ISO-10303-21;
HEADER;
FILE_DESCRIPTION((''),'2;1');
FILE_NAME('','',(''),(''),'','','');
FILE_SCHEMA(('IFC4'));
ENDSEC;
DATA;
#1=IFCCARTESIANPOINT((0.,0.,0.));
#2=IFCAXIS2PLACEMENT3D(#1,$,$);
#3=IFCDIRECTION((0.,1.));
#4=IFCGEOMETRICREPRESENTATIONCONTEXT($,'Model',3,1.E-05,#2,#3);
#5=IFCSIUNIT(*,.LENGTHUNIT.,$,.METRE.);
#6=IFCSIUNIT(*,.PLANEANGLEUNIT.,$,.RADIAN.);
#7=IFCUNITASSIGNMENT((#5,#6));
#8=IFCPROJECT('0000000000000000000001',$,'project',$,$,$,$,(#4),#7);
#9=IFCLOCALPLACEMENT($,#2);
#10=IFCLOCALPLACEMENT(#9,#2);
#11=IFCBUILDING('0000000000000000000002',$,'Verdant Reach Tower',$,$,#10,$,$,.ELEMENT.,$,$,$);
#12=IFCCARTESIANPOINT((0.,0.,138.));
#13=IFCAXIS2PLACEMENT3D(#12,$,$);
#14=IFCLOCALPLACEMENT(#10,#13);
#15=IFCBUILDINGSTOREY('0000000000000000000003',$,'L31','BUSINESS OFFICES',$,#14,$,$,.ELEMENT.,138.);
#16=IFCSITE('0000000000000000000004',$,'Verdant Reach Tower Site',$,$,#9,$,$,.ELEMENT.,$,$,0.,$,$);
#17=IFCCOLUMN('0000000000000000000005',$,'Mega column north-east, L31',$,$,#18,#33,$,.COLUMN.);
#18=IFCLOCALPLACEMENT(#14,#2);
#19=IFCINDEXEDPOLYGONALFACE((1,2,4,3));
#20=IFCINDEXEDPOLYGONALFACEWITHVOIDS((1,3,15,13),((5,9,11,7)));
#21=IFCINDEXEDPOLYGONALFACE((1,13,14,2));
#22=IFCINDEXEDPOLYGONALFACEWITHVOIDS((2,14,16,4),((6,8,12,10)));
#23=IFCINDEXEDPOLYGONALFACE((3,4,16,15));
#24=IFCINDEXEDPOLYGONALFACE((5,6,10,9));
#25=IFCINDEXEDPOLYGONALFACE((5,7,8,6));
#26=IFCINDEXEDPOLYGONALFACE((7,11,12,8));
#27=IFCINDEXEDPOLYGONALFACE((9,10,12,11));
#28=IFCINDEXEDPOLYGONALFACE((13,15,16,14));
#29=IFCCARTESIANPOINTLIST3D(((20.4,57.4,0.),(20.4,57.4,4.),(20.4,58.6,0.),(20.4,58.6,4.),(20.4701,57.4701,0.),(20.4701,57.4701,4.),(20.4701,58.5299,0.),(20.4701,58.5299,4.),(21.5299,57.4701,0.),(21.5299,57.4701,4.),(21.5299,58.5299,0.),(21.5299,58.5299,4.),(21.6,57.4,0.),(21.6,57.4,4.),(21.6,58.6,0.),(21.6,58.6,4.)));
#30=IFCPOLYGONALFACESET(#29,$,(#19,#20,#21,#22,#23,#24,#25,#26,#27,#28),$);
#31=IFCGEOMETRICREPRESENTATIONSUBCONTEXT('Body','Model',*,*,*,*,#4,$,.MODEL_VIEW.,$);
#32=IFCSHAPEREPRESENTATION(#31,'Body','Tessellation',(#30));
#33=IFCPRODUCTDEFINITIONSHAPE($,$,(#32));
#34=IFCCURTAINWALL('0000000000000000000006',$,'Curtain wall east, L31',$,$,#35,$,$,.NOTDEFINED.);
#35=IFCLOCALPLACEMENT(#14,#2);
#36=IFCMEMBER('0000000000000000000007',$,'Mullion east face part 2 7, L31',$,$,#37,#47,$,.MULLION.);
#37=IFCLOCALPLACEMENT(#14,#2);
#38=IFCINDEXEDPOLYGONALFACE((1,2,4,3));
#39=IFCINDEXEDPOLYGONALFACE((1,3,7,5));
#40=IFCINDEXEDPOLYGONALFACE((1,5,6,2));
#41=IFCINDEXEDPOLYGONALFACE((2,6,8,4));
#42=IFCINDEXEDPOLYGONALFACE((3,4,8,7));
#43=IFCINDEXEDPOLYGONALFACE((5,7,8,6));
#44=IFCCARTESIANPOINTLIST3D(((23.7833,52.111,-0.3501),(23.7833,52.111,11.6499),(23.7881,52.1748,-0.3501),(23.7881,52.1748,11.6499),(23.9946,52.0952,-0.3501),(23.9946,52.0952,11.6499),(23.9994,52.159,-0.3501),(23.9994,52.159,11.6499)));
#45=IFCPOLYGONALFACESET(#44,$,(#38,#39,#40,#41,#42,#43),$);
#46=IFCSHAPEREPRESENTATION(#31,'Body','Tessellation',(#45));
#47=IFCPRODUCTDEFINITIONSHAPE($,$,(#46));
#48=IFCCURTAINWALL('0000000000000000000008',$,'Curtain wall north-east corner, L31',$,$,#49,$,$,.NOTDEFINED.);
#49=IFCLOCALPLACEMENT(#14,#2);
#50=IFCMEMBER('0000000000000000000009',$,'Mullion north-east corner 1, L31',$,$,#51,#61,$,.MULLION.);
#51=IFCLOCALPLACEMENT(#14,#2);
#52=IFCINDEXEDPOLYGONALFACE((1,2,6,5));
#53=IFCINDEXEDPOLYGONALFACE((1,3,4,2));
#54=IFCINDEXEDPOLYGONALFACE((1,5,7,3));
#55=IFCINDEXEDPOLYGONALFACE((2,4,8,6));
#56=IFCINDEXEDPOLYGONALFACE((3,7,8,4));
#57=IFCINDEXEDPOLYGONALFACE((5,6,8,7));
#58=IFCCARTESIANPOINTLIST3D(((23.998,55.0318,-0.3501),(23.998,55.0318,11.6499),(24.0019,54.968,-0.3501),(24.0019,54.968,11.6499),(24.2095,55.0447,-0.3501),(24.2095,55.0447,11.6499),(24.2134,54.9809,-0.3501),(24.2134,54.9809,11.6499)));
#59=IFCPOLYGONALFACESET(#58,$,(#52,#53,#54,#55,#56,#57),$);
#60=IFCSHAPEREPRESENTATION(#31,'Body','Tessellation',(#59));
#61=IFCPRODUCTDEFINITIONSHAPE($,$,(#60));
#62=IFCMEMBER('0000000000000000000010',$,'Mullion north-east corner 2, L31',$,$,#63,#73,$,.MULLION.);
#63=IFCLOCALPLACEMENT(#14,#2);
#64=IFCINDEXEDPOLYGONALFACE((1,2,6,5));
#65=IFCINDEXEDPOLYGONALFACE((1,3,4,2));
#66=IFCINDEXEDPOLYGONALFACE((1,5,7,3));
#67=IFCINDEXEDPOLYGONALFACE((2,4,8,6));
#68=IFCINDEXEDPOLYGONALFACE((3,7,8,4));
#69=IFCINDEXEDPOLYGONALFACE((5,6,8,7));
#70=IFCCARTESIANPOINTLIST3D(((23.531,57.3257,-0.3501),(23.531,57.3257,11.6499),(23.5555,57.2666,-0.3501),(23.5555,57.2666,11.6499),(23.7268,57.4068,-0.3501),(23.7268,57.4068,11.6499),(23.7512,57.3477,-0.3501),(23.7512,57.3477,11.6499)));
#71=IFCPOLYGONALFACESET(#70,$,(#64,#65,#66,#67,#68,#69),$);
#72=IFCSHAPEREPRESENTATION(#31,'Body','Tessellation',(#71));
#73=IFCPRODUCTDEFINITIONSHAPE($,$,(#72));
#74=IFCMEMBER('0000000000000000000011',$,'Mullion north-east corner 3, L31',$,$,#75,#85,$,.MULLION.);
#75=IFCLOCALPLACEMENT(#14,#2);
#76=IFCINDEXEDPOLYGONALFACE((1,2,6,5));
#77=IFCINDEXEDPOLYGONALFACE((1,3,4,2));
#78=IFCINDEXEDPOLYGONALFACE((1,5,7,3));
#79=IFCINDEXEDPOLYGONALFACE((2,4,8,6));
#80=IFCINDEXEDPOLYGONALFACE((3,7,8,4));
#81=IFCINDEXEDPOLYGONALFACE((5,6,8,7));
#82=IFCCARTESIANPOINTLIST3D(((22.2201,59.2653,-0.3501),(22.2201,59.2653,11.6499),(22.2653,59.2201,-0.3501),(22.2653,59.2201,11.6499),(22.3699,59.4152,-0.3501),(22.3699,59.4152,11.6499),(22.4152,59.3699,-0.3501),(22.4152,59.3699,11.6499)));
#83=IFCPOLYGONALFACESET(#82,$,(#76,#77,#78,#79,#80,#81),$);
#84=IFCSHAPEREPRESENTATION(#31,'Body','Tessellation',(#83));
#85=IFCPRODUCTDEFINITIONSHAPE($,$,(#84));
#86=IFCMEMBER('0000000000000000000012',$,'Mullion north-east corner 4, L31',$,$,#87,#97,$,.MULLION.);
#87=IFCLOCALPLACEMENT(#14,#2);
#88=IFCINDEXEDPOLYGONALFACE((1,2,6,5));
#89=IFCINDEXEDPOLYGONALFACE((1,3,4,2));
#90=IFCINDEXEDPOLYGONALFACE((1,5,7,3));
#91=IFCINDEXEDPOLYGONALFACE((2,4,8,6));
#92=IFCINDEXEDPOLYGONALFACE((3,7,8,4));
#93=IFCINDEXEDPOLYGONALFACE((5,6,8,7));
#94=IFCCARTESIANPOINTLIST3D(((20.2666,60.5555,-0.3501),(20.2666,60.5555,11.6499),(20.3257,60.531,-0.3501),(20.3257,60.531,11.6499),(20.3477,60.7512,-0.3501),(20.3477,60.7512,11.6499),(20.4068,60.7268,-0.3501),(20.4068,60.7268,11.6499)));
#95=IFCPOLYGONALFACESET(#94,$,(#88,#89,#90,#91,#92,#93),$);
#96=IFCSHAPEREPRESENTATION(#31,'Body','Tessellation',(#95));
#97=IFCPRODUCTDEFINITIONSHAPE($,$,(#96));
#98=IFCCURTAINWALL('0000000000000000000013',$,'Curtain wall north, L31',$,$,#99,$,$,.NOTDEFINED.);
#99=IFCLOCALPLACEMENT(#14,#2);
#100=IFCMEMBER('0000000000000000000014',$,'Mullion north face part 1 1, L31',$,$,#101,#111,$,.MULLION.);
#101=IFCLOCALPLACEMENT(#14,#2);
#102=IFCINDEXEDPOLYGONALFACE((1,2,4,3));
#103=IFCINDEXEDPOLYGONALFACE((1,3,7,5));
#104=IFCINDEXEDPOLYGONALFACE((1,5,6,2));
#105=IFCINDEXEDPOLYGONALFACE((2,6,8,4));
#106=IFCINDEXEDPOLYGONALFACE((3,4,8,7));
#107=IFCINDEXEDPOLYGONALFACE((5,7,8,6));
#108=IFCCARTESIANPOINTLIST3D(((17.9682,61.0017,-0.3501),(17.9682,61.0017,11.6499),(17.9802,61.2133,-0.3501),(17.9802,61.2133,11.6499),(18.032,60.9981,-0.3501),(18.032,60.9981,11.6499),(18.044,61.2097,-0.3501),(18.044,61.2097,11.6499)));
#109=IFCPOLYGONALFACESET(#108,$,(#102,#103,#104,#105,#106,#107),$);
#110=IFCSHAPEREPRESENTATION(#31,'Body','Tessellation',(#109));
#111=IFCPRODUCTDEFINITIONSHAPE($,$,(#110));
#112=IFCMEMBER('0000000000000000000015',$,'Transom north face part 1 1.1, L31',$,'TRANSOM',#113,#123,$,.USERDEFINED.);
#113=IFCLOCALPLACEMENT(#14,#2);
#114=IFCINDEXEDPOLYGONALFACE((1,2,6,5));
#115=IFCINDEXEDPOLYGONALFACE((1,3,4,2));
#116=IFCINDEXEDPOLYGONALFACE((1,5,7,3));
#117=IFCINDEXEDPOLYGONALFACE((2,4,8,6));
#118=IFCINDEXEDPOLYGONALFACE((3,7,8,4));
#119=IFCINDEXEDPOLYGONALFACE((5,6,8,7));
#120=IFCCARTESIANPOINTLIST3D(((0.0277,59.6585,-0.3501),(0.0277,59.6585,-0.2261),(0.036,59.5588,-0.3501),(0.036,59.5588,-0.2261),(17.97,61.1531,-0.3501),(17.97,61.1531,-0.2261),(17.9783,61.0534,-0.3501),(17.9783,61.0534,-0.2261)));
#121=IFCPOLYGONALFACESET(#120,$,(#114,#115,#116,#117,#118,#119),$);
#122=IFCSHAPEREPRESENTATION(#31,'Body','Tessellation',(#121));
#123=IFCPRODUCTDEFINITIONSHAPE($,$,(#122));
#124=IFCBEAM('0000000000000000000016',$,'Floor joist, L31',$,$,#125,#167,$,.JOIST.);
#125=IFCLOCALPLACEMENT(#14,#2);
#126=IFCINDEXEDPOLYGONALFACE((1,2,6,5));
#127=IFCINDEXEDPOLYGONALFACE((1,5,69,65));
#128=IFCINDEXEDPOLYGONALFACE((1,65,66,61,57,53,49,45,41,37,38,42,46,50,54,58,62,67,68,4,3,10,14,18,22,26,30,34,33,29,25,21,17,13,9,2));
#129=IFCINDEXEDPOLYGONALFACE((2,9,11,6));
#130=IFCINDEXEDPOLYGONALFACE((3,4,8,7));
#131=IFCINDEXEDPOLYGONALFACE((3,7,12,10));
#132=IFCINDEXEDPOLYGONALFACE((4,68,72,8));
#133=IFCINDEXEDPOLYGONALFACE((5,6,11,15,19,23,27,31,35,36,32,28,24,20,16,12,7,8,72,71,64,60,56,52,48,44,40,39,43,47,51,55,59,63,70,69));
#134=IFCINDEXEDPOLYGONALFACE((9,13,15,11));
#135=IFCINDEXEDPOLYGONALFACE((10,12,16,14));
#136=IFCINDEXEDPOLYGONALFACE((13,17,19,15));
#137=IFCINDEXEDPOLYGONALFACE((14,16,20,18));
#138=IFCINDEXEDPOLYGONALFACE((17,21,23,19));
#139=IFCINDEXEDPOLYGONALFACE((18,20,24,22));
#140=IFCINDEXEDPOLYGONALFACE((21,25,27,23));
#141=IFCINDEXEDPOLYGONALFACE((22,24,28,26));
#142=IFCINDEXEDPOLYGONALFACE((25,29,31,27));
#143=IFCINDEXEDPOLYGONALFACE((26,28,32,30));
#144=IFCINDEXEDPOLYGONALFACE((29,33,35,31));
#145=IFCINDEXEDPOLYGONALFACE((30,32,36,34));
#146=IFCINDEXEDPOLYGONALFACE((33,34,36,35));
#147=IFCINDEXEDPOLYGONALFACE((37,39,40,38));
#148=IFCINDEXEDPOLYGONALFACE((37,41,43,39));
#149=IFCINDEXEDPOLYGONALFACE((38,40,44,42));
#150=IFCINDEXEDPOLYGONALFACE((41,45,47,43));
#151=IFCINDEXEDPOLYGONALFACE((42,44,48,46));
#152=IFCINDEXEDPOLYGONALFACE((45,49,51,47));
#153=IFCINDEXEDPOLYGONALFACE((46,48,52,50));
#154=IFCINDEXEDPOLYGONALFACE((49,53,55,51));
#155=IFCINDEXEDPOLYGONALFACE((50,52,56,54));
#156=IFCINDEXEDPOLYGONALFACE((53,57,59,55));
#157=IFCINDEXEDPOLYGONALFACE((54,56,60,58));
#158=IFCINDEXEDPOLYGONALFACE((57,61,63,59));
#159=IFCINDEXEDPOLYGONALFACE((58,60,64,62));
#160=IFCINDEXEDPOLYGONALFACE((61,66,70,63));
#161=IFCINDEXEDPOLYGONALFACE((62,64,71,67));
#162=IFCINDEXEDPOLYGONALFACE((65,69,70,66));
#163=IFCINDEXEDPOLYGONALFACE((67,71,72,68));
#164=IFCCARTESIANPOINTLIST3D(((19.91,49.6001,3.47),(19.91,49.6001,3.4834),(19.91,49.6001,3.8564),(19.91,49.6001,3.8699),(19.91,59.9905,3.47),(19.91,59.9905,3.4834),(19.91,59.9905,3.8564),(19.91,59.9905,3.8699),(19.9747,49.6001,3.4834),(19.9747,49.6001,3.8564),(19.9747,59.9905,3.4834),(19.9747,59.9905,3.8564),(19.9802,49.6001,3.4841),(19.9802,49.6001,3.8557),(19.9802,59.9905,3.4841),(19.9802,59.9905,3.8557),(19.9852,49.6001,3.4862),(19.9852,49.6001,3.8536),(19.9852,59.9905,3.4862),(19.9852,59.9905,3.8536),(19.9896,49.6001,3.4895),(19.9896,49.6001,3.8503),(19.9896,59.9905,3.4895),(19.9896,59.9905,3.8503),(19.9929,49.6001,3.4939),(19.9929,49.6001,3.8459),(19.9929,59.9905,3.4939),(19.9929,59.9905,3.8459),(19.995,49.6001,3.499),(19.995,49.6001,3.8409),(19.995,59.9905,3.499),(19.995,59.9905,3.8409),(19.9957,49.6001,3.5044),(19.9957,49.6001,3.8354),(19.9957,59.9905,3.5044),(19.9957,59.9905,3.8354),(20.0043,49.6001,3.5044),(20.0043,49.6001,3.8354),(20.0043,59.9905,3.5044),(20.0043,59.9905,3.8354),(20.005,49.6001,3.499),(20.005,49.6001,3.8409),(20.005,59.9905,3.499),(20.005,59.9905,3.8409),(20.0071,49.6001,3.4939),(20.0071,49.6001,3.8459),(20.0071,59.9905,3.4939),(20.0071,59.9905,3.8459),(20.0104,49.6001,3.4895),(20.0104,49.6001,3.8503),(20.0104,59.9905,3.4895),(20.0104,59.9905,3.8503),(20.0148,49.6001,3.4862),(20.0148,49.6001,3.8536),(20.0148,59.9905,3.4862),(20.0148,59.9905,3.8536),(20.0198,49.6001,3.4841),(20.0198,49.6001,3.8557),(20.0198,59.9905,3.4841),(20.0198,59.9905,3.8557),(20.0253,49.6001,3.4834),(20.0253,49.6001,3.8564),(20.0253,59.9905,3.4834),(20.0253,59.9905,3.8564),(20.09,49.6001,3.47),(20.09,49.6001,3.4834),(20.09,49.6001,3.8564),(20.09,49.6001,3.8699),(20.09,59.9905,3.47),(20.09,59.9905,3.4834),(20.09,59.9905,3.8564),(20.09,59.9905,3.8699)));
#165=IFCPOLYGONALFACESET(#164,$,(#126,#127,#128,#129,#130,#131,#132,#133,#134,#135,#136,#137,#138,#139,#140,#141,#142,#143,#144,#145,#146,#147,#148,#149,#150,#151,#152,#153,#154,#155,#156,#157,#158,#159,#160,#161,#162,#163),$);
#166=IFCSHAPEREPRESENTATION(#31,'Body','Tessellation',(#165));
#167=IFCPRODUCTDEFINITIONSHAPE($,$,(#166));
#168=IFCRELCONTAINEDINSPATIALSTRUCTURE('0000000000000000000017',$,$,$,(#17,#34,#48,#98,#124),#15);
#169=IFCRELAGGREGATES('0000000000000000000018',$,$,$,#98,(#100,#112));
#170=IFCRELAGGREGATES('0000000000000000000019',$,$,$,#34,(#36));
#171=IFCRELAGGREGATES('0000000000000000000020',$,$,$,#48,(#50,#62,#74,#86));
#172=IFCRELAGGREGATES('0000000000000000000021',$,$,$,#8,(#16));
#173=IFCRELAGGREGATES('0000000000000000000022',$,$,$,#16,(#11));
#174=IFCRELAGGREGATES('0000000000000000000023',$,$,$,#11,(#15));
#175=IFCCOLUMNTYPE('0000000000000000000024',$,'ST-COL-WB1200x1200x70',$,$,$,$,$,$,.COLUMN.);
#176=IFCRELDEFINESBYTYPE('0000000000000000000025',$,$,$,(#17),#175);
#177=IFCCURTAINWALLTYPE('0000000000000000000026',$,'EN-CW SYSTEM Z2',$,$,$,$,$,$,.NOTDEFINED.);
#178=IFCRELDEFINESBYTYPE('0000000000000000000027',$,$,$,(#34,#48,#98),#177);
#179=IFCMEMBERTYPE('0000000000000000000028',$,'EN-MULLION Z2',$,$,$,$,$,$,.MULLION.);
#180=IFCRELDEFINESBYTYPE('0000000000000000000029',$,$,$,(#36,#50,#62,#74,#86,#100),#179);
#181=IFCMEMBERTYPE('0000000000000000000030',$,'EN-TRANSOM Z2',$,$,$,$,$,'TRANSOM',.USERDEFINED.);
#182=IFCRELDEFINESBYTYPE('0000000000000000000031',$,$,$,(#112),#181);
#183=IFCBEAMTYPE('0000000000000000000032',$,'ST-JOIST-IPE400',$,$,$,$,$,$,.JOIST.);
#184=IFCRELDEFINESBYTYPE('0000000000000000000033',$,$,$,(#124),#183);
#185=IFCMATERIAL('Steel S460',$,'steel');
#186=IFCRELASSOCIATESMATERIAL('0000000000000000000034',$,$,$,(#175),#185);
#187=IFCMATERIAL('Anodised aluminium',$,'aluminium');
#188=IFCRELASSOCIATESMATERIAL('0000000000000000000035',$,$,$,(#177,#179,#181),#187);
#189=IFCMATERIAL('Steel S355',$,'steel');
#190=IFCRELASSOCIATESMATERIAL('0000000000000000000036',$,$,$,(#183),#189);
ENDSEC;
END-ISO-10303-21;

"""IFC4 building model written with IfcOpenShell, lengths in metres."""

from ifc_helpers import new_model, si_unit, direction, frame, origin, origin_2d, place, context, subcontext, project, spatial, rectangle, hollow_rectangle, i_section, extrude, material, material_profile, profile_set, type_object, element, aggregate, save


model = new_model("IFC4")

# Units and contexts
model_context = context("Model", 3, precision=1e-05, world=origin(), true_north=direction((0.0, 1.0)))
body_context = subcontext(model_context, "Body", "Model", "MODEL_VIEW")
ifc_project = project(units=[si_unit("LENGTHUNIT", "METRE"), si_unit("PLANEANGLEUNIT", "RADIAN")], contexts=[model_context])

# Site, building, storey
site_placement = place(None, origin())
site = spatial("IfcSite", under=ifc_project, at=site_placement, Name="Verdant Reach Tower Site", CompositionType="ELEMENT", RefElevation=0.0)
building_placement = place(site_placement, origin())
building = spatial("IfcBuilding", under=site, at=building_placement, Name="Verdant Reach Tower", CompositionType="ELEMENT")
storey_placement = place(building_placement, frame((0.0, 0.0, 138.0)))
storey = spatial("IfcBuildingStorey", under=building, at=storey_placement, Name="L31", Description="BUSINESS OFFICES", CompositionType="ELEMENT", Elevation=138.0)

# Column
ifc_material_1 = material(Name="Steel S460", Category="steel")
ifc_material_profile_1 = material_profile(ifc_material_1, hollow_rectangle(XDim=1.2, YDim=1.2, WallThickness=0.0701, at=origin_2d()), Name="WB 1200x1200x70")
ifc_profile_set_1 = profile_set([ifc_material_profile_1], Name="Steel S460")
column_type = type_object("IfcColumnType", Name="ST-COL-WB1200x1200x70", PredefinedType="COLUMN", material=ifc_profile_set_1)
column_placement = place(storey_placement, frame((21.0, 58.0, 0.0), z_axis=(0.0, 0.0, 1.0), x_axis=(1.0, 0.0, 0.0)))
element("IfcColumn", 1, at=column_placement, inside=storey, type_object=column_type, Name="Mega column north-east, L31", PredefinedType="COLUMN", context=body_context, shape_type="SweptSolid", body=[
    extrude(hollow_rectangle(XDim=1.2, YDim=1.2, WallThickness=0.0701, at=origin_2d()), origin(), (0.0, 0.0, 1.0), 4.0),
])

# Curtain wall, member
ifc_material_2 = material(Name="Anodised aluminium", Category="aluminium")
curtain_wall_type = type_object("IfcCurtainWallType", Name="EN-CW SYSTEM Z2", PredefinedType="NOTDEFINED", material=ifc_material_2)
curtain_wall_1_placement = place(storey_placement, origin())
curtain_wall_1 = element("IfcCurtainWall", 2, at=curtain_wall_1_placement, inside=storey, type_object=curtain_wall_type, Name="Curtain wall east, L31", PredefinedType="NOTDEFINED")
ifc_material_profile_2 = material_profile(ifc_material_2, rectangle(XDim=0.2119, YDim=0.064, at=origin_2d()), Name="Mullion 64x212")
ifc_profile_set_2 = profile_set([ifc_material_profile_2], Name="Anodised aluminium")
member_type_1 = type_object("IfcMemberType", Name="EN-MULLION Z2", PredefinedType="MULLION", material=ifc_profile_set_2)
member_1_placement = place(storey_placement, frame((23.8914, 52.135, -0.3501), z_axis=(0.0, 0.0, 1.0), x_axis=(0.997199, -0.07479, 0.0)))
member_1 = element("IfcMember", 3, at=member_1_placement, type_object=member_type_1, Name="Mullion east face part 2 7, L31", PredefinedType="MULLION", context=body_context, shape_type="SweptSolid", body=[
    extrude(rectangle(XDim=0.2119, YDim=0.064, at=origin_2d()), origin(), (0.0, 0.0, 1.0), 12.0),
])

# Curtain walls, members
curtain_wall_2_placement = place(storey_placement, origin())
curtain_wall_2 = element("IfcCurtainWall", 4, at=curtain_wall_2_placement, inside=storey, type_object=curtain_wall_type, Name="Curtain wall north-east corner, L31", PredefinedType="NOTDEFINED")
member_2_placement = place(storey_placement, frame((24.1057, 55.0063, -0.3501), z_axis=(0.0, 0.0, 1.0), x_axis=(0.998156, 0.060703, 0.0)))
member_2 = element("IfcMember", 5, at=member_2_placement, type_object=member_type_1, Name="Mullion north-east corner 1, L31", PredefinedType="MULLION", context=body_context, shape_type="SweptSolid", body=[
    extrude(rectangle(XDim=0.2119, YDim=0.064, at=origin_2d()), origin(), (0.0, 0.0, 1.0), 12.0),
])
member_3_placement = place(storey_placement, frame((23.6411, 57.3367, -0.3501), z_axis=(0.0, 0.0, 1.0), x_axis=(0.923875, 0.382694, 0.0)))
member_3 = element("IfcMember", 6, at=member_3_placement, type_object=member_type_1, Name="Mullion north-east corner 2, L31", PredefinedType="MULLION", context=body_context, shape_type="SweptSolid", body=[
    extrude(rectangle(XDim=0.2119, YDim=0.064, at=origin_2d()), origin(), (0.0, 0.0, 1.0), 12.0),
])
member_4_placement = place(storey_placement, frame((22.3176, 59.3176, -0.3501), z_axis=(0.0, 0.0, 1.0), x_axis=(0.707107, 0.707107, 0.0)))
member_4 = element("IfcMember", 7, at=member_4_placement, type_object=member_type_1, Name="Mullion north-east corner 3, L31", PredefinedType="MULLION", context=body_context, shape_type="SweptSolid", body=[
    extrude(rectangle(XDim=0.2119, YDim=0.064, at=origin_2d()), origin(), (0.0, 0.0, 1.0), 12.0),
])
member_5_placement = place(storey_placement, frame((20.3367, 60.6411, -0.3501), z_axis=(0.0, 0.0, 1.0), x_axis=(0.382694, 0.923875, 0.0)))
member_5 = element("IfcMember", 8, at=member_5_placement, type_object=member_type_1, Name="Mullion north-east corner 4, L31", PredefinedType="MULLION", context=body_context, shape_type="SweptSolid", body=[
    extrude(rectangle(XDim=0.2119, YDim=0.064, at=origin_2d()), origin(), (0.0, 0.0, 1.0), 12.0),
])
curtain_wall_3_placement = place(storey_placement, origin())
curtain_wall_3 = element("IfcCurtainWall", 9, at=curtain_wall_3_placement, inside=storey, type_object=curtain_wall_type, Name="Curtain wall north, L31", PredefinedType="NOTDEFINED")
member_6_placement = place(storey_placement, frame((18.0061, 61.1057, -0.3501), z_axis=(0.0, 0.0, 1.0), x_axis=(0.056569, 0.998399, 0.0)))
member_6 = element("IfcMember", 10, at=member_6_placement, type_object=member_type_1, Name="Mullion north face part 1 1, L31", PredefinedType="MULLION", context=body_context, shape_type="SweptSolid", body=[
    extrude(rectangle(XDim=0.2119, YDim=0.064, at=origin_2d()), origin(), (0.0, 0.0, 1.0), 12.0),
])
ifc_material_profile_3 = material_profile(ifc_material_2, rectangle(XDim=0.1001, YDim=0.124, at=origin_2d()), Name="Transom 124x100")
ifc_profile_set_3 = profile_set([ifc_material_profile_3], Name="Anodised aluminium")
member_type_2 = type_object("IfcMemberType", Name="EN-TRANSOM Z2", ElementType="TRANSOM", PredefinedType="USERDEFINED", material=ifc_profile_set_3)
member_7_placement = place(storey_placement, frame((17.9741, 61.1033, -0.2881), z_axis=(-0.996548, -0.083015, 0.0), x_axis=(0.083015, -0.996548, 0.0)))
member_7 = element("IfcMember", 11, at=member_7_placement, type_object=member_type_2, Name="Transom north face part 1 1.1, L31", ObjectType="TRANSOM", PredefinedType="USERDEFINED", context=body_context, shape_type="SweptSolid", body=[
    extrude(rectangle(XDim=0.1001, YDim=0.124, at=origin_2d()), origin(), (0.0, 0.0, 1.0), 18.0044),
])

# Beam
ifc_material_3 = material(Name="Steel S355", Category="steel")
ifc_material_profile_4 = material_profile(ifc_material_3, i_section(OverallWidth=0.1799, OverallDepth=0.3999, WebThickness=0.0085, FlangeThickness=0.0134, FilletRadius=0.021, at=origin_2d()), Name="IPE 400")
ifc_profile_set_4 = profile_set([ifc_material_profile_4], Name="Steel S355")
beam_type_1 = type_object("IfcBeamType", Name="ST-JOIST-IPE400", PredefinedType="JOIST", material=ifc_profile_set_4)
beam_1_placement = place(storey_placement, frame((20.0, 49.6001, 3.6699), z_axis=(0.0, 1.0, 0.0), x_axis=(-1.0, 0.0, 0.0)))
element("IfcBeam", 12, at=beam_1_placement, inside=storey, type_object=beam_type_1, Name="Floor joist, L31", PredefinedType="JOIST", context=body_context, shape_type="SweptSolid", body=[
    extrude(i_section(OverallWidth=0.1799, OverallDepth=0.3999, WebThickness=0.0085, FlangeThickness=0.0134, FilletRadius=0.021, at=origin_2d()), origin(), (0.0, 0.0, 1.0), 10.3904),
])

aggregate(curtain_wall_3, [member_6, member_7])
aggregate(curtain_wall_1, [member_1])
aggregate(curtain_wall_2, [member_2, member_3, member_4, member_5])

save(model, "model.ifc")
